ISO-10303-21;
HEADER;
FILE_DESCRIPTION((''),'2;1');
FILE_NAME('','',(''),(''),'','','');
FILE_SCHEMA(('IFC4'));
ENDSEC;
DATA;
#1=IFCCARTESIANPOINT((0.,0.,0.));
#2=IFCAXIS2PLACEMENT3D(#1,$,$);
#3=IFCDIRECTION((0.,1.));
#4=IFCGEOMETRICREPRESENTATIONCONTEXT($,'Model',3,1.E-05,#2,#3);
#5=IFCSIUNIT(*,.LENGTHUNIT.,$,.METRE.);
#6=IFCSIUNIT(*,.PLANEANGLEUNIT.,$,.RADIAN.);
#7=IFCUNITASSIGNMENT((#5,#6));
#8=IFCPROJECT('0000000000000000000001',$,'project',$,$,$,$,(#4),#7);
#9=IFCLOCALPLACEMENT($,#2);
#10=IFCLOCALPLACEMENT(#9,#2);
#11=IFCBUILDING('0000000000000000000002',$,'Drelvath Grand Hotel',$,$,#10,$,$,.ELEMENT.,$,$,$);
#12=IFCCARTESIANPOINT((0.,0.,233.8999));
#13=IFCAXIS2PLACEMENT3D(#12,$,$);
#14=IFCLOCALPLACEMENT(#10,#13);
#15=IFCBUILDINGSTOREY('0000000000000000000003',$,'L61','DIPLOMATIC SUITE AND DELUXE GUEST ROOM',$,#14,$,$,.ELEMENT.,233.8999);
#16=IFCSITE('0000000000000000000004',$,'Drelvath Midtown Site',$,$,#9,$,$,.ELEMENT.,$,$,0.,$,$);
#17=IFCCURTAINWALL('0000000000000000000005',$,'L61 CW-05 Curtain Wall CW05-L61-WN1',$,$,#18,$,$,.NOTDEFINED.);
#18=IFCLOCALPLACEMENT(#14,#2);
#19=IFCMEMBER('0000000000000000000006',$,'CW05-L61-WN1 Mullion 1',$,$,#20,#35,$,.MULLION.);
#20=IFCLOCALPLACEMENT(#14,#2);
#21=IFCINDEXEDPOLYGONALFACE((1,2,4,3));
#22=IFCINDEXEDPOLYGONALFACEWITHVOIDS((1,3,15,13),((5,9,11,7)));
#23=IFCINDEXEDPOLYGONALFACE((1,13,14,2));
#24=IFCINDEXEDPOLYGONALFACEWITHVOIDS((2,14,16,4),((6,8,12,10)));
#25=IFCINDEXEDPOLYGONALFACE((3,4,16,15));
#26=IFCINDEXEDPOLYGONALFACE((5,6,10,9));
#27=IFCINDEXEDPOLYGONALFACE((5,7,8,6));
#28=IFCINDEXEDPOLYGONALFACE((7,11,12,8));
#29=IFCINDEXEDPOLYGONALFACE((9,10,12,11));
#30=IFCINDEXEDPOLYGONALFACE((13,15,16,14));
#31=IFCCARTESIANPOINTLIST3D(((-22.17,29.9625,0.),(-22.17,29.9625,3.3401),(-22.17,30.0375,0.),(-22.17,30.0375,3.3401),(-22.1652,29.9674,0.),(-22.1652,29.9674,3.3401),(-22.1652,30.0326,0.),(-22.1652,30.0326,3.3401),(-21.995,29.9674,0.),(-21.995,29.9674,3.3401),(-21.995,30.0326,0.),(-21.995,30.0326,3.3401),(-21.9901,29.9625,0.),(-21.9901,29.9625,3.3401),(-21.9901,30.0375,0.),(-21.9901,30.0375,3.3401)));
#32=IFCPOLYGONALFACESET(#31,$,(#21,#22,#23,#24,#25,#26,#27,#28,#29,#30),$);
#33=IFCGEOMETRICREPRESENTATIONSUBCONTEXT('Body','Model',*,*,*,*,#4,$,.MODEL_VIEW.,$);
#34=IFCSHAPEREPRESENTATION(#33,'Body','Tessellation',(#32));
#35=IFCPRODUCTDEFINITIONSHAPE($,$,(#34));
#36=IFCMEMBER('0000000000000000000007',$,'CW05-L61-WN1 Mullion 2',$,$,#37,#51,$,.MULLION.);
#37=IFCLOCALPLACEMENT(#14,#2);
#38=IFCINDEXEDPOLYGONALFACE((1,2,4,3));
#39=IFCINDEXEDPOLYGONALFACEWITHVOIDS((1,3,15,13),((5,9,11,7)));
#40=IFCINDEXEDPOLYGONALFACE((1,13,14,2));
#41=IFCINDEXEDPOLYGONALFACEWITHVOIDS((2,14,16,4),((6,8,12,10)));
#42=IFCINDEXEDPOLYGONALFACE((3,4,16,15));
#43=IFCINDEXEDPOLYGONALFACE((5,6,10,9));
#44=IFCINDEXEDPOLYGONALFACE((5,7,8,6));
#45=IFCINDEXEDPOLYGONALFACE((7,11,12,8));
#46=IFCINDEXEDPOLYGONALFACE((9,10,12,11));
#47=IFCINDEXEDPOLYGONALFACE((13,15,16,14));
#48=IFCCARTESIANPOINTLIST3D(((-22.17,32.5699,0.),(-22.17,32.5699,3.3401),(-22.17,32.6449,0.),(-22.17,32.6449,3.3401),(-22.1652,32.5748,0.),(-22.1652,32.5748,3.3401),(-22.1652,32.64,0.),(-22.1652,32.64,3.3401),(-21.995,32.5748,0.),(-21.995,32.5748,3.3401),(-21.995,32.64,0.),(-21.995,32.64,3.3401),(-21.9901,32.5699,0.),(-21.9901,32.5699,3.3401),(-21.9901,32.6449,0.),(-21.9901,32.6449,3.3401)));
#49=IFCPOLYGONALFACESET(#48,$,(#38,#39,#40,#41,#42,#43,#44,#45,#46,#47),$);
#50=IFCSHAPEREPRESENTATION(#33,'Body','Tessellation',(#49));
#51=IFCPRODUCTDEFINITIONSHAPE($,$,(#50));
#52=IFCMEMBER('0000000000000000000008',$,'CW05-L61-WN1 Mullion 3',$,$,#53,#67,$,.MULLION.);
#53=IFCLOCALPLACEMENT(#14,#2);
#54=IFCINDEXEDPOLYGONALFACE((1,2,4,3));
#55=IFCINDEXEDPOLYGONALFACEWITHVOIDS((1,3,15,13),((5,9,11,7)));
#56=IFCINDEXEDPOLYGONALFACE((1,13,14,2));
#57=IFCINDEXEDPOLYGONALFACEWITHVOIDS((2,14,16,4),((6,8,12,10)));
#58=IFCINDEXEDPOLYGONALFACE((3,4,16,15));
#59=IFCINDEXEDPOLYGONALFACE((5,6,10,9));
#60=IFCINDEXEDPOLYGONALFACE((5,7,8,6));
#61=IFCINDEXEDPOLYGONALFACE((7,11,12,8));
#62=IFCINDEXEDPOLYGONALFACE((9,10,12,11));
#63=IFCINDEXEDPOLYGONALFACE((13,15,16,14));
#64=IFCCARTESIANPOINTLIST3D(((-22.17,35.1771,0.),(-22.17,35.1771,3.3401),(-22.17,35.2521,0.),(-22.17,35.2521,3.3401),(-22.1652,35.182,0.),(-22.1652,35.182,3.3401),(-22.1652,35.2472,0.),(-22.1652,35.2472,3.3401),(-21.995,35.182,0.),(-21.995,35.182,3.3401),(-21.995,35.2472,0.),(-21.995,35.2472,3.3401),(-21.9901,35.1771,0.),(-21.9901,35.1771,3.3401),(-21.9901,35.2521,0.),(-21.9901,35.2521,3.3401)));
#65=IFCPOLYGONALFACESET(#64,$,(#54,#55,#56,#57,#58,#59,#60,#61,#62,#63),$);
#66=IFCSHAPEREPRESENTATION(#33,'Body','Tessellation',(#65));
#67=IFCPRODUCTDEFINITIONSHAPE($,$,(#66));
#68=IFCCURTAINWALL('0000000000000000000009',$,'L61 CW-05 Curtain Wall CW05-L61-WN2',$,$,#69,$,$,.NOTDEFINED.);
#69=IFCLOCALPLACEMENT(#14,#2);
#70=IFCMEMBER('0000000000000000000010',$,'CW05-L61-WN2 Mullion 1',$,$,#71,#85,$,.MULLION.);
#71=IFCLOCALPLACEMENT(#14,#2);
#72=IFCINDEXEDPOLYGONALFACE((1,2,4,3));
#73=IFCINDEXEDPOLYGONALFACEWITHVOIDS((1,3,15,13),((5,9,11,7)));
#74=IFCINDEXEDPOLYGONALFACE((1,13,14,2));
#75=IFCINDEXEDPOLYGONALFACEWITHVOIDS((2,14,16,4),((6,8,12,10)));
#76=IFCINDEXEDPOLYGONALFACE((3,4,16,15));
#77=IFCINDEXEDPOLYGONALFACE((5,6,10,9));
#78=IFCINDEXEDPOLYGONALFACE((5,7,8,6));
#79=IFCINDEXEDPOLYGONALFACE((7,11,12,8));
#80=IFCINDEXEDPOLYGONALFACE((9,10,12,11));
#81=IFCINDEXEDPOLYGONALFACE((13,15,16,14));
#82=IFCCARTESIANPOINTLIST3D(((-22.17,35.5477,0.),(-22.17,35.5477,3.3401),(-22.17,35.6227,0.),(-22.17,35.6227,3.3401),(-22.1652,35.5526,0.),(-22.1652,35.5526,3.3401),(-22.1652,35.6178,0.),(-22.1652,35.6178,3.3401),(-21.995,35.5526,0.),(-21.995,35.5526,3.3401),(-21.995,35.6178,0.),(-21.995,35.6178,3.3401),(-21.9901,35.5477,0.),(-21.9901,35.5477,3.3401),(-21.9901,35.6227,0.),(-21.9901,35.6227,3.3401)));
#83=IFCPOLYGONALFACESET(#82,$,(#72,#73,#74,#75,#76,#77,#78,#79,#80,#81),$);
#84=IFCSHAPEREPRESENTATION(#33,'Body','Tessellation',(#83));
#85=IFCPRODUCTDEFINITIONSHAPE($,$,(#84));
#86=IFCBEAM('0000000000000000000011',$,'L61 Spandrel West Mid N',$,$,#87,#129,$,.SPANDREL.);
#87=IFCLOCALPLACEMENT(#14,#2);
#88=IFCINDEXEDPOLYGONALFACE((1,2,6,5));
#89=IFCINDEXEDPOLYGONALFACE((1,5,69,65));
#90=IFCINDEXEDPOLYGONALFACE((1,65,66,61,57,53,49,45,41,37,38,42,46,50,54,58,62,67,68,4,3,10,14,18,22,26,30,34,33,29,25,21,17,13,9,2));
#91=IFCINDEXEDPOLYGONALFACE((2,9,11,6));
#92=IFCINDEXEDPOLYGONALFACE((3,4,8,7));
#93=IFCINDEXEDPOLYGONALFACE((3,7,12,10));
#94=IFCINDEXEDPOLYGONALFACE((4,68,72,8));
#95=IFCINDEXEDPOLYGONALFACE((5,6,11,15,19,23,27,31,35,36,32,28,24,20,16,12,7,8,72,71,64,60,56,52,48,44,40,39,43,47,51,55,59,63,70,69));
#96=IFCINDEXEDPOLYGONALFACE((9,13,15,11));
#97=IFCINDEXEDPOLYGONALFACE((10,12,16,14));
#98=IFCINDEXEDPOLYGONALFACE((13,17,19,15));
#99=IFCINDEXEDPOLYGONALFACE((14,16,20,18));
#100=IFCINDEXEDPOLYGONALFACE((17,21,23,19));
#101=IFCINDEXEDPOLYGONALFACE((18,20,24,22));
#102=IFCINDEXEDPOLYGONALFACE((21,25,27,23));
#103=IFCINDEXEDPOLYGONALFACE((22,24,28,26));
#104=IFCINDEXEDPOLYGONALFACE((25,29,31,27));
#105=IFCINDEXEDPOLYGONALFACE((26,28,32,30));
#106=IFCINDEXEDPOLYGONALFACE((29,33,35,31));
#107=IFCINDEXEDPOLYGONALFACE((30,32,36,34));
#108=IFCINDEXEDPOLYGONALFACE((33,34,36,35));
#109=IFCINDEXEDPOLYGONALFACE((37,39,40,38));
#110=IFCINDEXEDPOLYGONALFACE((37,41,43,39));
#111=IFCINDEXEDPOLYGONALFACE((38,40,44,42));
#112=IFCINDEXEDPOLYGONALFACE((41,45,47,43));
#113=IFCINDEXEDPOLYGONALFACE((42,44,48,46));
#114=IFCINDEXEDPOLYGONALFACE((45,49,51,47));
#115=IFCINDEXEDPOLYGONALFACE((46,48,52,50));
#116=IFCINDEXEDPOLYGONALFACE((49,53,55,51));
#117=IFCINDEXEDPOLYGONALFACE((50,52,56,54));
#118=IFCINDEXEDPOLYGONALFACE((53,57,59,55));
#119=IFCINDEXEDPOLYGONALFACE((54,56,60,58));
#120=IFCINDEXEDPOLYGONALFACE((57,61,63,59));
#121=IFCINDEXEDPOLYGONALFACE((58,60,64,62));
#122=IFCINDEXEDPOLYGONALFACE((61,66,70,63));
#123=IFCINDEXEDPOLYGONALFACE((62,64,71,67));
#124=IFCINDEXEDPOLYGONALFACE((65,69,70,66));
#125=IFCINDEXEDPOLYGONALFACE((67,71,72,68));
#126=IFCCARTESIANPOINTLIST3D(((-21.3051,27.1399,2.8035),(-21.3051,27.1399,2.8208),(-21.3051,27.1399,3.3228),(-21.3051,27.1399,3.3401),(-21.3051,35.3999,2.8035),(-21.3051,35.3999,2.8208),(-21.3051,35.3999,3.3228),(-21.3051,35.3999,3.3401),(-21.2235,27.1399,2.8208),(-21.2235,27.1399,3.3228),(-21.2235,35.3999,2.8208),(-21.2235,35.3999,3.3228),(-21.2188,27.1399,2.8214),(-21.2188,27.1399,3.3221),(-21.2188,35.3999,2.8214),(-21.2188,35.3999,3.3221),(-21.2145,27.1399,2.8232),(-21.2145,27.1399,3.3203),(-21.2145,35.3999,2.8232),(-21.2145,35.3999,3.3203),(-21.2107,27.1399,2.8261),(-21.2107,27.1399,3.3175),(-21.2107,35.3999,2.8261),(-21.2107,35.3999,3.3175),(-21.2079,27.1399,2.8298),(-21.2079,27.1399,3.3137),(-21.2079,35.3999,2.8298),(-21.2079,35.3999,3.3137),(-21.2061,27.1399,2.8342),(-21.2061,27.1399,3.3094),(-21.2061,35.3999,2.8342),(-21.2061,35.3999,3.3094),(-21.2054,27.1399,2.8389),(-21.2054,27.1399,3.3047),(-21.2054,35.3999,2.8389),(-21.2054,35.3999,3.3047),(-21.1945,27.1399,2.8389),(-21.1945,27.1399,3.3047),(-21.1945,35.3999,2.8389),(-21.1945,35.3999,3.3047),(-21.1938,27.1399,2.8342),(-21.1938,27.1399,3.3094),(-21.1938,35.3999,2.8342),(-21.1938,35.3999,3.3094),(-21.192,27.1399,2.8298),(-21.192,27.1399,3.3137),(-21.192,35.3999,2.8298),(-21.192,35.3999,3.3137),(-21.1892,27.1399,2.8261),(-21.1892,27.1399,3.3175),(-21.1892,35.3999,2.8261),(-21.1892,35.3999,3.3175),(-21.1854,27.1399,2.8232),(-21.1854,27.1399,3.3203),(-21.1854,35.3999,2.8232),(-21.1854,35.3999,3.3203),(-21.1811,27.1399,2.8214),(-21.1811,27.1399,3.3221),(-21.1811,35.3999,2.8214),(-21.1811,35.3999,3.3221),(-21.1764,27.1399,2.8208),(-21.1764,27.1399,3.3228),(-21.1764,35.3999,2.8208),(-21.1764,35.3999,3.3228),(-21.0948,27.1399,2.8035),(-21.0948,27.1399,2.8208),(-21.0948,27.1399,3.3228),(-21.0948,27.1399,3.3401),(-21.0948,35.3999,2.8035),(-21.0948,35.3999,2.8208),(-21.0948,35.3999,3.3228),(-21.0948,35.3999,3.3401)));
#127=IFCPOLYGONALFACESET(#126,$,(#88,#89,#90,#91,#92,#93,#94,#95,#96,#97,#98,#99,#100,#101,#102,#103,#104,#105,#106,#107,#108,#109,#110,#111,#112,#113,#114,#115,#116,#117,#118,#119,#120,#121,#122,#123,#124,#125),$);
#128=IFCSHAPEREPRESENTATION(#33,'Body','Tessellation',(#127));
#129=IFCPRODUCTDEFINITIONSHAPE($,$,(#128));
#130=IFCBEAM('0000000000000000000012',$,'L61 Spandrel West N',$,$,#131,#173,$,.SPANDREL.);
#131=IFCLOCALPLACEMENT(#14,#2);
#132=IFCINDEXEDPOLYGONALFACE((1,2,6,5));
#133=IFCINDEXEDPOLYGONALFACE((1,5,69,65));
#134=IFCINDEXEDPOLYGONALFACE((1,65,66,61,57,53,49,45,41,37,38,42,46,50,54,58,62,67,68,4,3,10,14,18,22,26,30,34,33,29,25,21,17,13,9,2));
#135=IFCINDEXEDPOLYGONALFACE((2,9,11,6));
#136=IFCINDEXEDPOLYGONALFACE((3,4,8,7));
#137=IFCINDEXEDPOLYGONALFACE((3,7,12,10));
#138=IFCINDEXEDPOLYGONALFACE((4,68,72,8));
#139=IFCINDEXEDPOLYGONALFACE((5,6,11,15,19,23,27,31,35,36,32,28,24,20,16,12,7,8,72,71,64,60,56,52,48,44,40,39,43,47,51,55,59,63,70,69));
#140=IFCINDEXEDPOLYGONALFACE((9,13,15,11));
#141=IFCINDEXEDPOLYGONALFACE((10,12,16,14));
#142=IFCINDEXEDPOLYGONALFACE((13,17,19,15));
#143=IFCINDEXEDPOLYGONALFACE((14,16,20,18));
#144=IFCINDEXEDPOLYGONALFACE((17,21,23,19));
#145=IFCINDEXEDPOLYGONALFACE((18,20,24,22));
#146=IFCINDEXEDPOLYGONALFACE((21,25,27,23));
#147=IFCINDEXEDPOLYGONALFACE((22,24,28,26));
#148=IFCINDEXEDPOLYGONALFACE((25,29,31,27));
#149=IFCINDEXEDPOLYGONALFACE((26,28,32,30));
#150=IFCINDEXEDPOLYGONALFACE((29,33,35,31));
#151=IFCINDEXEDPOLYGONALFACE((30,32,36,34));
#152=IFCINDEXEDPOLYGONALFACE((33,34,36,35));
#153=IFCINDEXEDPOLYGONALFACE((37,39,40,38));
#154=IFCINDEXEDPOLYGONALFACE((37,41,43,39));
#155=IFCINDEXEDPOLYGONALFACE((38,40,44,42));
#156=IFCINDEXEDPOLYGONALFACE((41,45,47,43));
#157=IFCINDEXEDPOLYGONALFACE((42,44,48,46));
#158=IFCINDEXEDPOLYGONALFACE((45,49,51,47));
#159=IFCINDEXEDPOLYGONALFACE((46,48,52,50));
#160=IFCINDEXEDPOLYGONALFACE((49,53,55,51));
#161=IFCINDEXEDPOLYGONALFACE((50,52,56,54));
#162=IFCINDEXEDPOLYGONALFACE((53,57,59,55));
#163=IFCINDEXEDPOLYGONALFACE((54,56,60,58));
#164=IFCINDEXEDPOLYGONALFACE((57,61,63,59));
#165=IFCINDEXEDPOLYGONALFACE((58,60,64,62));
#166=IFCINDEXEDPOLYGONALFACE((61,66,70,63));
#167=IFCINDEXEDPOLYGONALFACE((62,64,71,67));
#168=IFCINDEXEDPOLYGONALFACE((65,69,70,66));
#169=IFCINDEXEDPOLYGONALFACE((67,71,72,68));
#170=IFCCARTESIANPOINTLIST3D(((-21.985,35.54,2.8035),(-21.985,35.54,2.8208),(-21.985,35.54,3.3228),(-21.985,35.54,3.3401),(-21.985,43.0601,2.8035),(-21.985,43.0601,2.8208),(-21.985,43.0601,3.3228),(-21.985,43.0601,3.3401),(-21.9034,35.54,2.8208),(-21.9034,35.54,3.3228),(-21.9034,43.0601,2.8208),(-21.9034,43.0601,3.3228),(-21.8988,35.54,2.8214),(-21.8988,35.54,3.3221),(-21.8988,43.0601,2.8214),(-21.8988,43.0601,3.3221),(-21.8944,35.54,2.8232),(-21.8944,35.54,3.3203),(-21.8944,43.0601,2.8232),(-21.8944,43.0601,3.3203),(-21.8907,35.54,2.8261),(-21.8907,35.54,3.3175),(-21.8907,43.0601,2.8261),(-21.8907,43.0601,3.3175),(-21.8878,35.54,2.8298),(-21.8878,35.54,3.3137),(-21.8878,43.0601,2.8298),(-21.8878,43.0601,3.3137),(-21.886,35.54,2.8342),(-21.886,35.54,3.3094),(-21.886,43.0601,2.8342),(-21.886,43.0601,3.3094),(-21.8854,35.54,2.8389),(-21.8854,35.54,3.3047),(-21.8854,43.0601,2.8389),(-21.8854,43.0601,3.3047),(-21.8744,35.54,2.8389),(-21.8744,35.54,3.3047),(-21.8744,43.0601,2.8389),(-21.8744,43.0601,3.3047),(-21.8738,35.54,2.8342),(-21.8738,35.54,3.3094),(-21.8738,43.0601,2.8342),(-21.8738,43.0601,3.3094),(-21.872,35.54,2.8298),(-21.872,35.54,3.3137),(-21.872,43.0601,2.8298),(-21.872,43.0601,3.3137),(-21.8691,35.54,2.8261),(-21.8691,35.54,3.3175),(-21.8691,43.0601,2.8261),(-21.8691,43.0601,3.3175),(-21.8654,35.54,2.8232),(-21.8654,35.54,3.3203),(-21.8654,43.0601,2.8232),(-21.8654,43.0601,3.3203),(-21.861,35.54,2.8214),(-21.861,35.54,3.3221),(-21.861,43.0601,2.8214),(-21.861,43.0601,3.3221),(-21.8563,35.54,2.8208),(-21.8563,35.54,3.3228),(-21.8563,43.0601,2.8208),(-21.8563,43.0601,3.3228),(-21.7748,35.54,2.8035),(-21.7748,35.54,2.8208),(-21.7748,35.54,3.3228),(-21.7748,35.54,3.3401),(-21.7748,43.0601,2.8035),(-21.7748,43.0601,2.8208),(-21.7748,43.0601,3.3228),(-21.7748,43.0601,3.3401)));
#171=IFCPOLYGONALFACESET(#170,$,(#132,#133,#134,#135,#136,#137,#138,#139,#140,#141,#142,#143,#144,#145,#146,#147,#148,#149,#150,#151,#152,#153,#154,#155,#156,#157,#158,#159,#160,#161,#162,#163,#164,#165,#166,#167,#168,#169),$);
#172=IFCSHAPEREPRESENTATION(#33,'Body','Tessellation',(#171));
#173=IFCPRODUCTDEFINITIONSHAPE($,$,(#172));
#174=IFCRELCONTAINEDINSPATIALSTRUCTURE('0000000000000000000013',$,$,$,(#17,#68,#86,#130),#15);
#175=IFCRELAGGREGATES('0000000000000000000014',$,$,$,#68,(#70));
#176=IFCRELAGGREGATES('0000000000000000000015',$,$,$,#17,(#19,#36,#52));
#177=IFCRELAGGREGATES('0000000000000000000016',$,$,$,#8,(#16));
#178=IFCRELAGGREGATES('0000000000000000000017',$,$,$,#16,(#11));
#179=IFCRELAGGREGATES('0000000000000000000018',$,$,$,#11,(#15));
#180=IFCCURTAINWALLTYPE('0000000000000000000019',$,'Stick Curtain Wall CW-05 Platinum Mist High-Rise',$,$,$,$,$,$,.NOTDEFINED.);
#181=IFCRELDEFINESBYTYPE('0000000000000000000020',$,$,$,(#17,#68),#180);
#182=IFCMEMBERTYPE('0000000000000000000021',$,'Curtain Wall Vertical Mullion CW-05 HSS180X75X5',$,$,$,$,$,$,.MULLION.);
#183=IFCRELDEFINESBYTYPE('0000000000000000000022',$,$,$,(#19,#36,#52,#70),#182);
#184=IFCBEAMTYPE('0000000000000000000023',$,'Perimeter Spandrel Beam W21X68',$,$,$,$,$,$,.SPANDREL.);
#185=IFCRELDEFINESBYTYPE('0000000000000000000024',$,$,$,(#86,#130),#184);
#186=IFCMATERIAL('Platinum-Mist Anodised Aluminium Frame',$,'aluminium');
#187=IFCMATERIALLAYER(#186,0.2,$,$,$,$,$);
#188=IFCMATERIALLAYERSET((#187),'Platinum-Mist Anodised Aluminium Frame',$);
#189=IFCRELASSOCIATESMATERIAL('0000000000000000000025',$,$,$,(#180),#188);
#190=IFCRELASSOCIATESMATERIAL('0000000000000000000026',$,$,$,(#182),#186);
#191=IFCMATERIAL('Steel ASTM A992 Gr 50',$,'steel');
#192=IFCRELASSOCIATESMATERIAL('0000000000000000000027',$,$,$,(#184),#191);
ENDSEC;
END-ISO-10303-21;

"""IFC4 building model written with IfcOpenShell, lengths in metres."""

from ifc_helpers import new_model, si_unit, direction, frame, origin, origin_2d, place, context, subcontext, project, spatial, hollow_rectangle, i_section, extrude, material, layer, layer_set, material_profile, profile_set, type_object, element, aggregate, save


model = new_model("IFC4")

# Units and contexts
model_context = context("Model", 3, precision=1e-05, world=origin(), true_north=direction((0.0, 1.0)))
body_context = subcontext(model_context, "Body", "Model", "MODEL_VIEW")
ifc_project = project(units=[si_unit("LENGTHUNIT", "METRE"), si_unit("PLANEANGLEUNIT", "RADIAN")], contexts=[model_context])

# Site, building, storey
site_placement = place(None, origin())
site = spatial("IfcSite", under=ifc_project, at=site_placement, Name="Drelvath Midtown Site", CompositionType="ELEMENT", RefElevation=0.0)
building_placement = place(site_placement, origin())
building = spatial("IfcBuilding", under=site, at=building_placement, Name="Drelvath Grand Hotel", CompositionType="ELEMENT")
storey_placement = place(building_placement, frame((0.0, 0.0, 233.8999)))
storey = spatial("IfcBuildingStorey", under=building, at=storey_placement, Name="L61", Description="DIPLOMATIC SUITE AND DELUXE GUEST ROOM", CompositionType="ELEMENT", Elevation=233.8999)

# Curtain wall
ifc_material_1 = material(Name="Platinum-Mist Anodised Aluminium Frame", Category="aluminium")
ifc_layer_1 = layer(ifc_material_1, 0.2)
ifc_layer_set_1 = layer_set([ifc_layer_1], Name="Platinum-Mist Anodised Aluminium Frame")
curtain_wall_type = type_object("IfcCurtainWallType", Name="Stick Curtain Wall CW-05 Platinum Mist High-Rise", PredefinedType="NOTDEFINED", material=ifc_layer_set_1)
curtain_wall_1_placement = place(storey_placement, origin())
curtain_wall_1 = element("IfcCurtainWall", 1, at=curtain_wall_1_placement, inside=storey, type_object=curtain_wall_type, Name="L61 CW-05 Curtain Wall CW05-L61-WN1", PredefinedType="NOTDEFINED")
ifc_material_profile_1 = material_profile(ifc_material_1, hollow_rectangle(XDim=0.075, YDim=0.1799, WallThickness=0.0049, at=origin_2d()), Name="HSS180X75X5")
ifc_profile_set_1 = profile_set([ifc_material_profile_1], Name="Platinum-Mist Anodised Aluminium Frame")
member_type_1 = type_object("IfcMemberType", Name="Curtain Wall Vertical Mullion CW-05 HSS180X75X5", PredefinedType="MULLION", material=ifc_profile_set_1)

# Members
member_1_placement = place(storey_placement, frame((-22.0801, 30.0, 0.0), z_axis=(0.0, 0.0, 1.0), x_axis=(0.0, 1.0, 0.0)))
member_1 = element("IfcMember", 2, at=member_1_placement, type_object=member_type_1, Name="CW05-L61-WN1 Mullion 1", PredefinedType="MULLION", context=body_context, shape_type="SweptSolid", body=[
    extrude(hollow_rectangle(XDim=0.075, YDim=0.1799, WallThickness=0.0049, at=origin_2d()), origin(), (0.0, 0.0, 1.0), 3.3401),
])
member_2_placement = place(storey_placement, frame((-22.0801, 32.6074, 0.0), z_axis=(0.0, 0.0, 1.0), x_axis=(0.0, 1.0, 0.0)))
member_2 = element("IfcMember", 3, at=member_2_placement, type_object=member_type_1, Name="CW05-L61-WN1 Mullion 2", PredefinedType="MULLION", context=body_context, shape_type="SweptSolid", body=[
    extrude(hollow_rectangle(XDim=0.075, YDim=0.1799, WallThickness=0.0049, at=origin_2d()), origin(), (0.0, 0.0, 1.0), 3.3401),
])
member_3_placement = place(storey_placement, frame((-22.0801, 35.2146, 0.0), z_axis=(0.0, 0.0, 1.0), x_axis=(0.0, 1.0, 0.0)))
member_3 = element("IfcMember", 4, at=member_3_placement, type_object=member_type_1, Name="CW05-L61-WN1 Mullion 3", PredefinedType="MULLION", context=body_context, shape_type="SweptSolid", body=[
    extrude(hollow_rectangle(XDim=0.075, YDim=0.1799, WallThickness=0.0049, at=origin_2d()), origin(), (0.0, 0.0, 1.0), 3.3401),
])

# Curtain wall, member
curtain_wall_2_placement = place(storey_placement, origin())
curtain_wall_2 = element("IfcCurtainWall", 5, at=curtain_wall_2_placement, inside=storey, type_object=curtain_wall_type, Name="L61 CW-05 Curtain Wall CW05-L61-WN2", PredefinedType="NOTDEFINED")
member_4_placement = place(storey_placement, frame((-22.0801, 35.5852, 0.0), z_axis=(0.0, 0.0, 1.0), x_axis=(0.0, 1.0, 0.0)))
member_4 = element("IfcMember", 6, at=member_4_placement, type_object=member_type_1, Name="CW05-L61-WN2 Mullion 1", PredefinedType="MULLION", context=body_context, shape_type="SweptSolid", body=[
    extrude(hollow_rectangle(XDim=0.075, YDim=0.1799, WallThickness=0.0049, at=origin_2d()), origin(), (0.0, 0.0, 1.0), 3.3401),
])
aggregate(curtain_wall_2, [member_4])

# Beams
ifc_material_2 = material(Name="Steel ASTM A992 Gr 50", Category="steel")
ifc_material_profile_2 = material_profile(ifc_material_2, i_section(OverallWidth=0.2102, OverallDepth=0.5366, WebThickness=0.011, FlangeThickness=0.0173, FilletRadius=0.0181, at=origin_2d()), Name="W21X68")
ifc_profile_set_2 = profile_set([ifc_material_profile_2], Name="Steel ASTM A992 Gr 50")
beam_type_1 = type_object("IfcBeamType", Name="Perimeter Spandrel Beam W21X68", PredefinedType="SPANDREL", material=ifc_profile_set_2)
beam_1_placement = place(storey_placement, frame((-21.2, 27.1399, 3.0718), z_axis=(0.0, 1.0, 0.0), x_axis=(-1.0, 0.0, 0.0)))
element("IfcBeam", 7, at=beam_1_placement, inside=storey, type_object=beam_type_1, Name="L61 Spandrel West Mid N", PredefinedType="SPANDREL", context=body_context, shape_type="SweptSolid", body=[
    extrude(i_section(OverallWidth=0.2102, OverallDepth=0.5366, WebThickness=0.011, FlangeThickness=0.0173, FilletRadius=0.0181, at=origin_2d()), origin(), (0.0, 0.0, 1.0), 8.26),
])
beam_2_placement = place(storey_placement, frame((-21.8799, 35.54, 3.0718), z_axis=(0.0, 1.0, 0.0), x_axis=(-1.0, 0.0, 0.0)))
element("IfcBeam", 8, at=beam_2_placement, inside=storey, type_object=beam_type_1, Name="L61 Spandrel West N", PredefinedType="SPANDREL", context=body_context, shape_type="SweptSolid", body=[
    extrude(i_section(OverallWidth=0.2102, OverallDepth=0.5366, WebThickness=0.011, FlangeThickness=0.0173, FilletRadius=0.0181, at=origin_2d()), origin(), (0.0, 0.0, 1.0), 7.52),
])

aggregate(curtain_wall_1, [member_1, member_2, member_3])

save(model, "model.ifc")
